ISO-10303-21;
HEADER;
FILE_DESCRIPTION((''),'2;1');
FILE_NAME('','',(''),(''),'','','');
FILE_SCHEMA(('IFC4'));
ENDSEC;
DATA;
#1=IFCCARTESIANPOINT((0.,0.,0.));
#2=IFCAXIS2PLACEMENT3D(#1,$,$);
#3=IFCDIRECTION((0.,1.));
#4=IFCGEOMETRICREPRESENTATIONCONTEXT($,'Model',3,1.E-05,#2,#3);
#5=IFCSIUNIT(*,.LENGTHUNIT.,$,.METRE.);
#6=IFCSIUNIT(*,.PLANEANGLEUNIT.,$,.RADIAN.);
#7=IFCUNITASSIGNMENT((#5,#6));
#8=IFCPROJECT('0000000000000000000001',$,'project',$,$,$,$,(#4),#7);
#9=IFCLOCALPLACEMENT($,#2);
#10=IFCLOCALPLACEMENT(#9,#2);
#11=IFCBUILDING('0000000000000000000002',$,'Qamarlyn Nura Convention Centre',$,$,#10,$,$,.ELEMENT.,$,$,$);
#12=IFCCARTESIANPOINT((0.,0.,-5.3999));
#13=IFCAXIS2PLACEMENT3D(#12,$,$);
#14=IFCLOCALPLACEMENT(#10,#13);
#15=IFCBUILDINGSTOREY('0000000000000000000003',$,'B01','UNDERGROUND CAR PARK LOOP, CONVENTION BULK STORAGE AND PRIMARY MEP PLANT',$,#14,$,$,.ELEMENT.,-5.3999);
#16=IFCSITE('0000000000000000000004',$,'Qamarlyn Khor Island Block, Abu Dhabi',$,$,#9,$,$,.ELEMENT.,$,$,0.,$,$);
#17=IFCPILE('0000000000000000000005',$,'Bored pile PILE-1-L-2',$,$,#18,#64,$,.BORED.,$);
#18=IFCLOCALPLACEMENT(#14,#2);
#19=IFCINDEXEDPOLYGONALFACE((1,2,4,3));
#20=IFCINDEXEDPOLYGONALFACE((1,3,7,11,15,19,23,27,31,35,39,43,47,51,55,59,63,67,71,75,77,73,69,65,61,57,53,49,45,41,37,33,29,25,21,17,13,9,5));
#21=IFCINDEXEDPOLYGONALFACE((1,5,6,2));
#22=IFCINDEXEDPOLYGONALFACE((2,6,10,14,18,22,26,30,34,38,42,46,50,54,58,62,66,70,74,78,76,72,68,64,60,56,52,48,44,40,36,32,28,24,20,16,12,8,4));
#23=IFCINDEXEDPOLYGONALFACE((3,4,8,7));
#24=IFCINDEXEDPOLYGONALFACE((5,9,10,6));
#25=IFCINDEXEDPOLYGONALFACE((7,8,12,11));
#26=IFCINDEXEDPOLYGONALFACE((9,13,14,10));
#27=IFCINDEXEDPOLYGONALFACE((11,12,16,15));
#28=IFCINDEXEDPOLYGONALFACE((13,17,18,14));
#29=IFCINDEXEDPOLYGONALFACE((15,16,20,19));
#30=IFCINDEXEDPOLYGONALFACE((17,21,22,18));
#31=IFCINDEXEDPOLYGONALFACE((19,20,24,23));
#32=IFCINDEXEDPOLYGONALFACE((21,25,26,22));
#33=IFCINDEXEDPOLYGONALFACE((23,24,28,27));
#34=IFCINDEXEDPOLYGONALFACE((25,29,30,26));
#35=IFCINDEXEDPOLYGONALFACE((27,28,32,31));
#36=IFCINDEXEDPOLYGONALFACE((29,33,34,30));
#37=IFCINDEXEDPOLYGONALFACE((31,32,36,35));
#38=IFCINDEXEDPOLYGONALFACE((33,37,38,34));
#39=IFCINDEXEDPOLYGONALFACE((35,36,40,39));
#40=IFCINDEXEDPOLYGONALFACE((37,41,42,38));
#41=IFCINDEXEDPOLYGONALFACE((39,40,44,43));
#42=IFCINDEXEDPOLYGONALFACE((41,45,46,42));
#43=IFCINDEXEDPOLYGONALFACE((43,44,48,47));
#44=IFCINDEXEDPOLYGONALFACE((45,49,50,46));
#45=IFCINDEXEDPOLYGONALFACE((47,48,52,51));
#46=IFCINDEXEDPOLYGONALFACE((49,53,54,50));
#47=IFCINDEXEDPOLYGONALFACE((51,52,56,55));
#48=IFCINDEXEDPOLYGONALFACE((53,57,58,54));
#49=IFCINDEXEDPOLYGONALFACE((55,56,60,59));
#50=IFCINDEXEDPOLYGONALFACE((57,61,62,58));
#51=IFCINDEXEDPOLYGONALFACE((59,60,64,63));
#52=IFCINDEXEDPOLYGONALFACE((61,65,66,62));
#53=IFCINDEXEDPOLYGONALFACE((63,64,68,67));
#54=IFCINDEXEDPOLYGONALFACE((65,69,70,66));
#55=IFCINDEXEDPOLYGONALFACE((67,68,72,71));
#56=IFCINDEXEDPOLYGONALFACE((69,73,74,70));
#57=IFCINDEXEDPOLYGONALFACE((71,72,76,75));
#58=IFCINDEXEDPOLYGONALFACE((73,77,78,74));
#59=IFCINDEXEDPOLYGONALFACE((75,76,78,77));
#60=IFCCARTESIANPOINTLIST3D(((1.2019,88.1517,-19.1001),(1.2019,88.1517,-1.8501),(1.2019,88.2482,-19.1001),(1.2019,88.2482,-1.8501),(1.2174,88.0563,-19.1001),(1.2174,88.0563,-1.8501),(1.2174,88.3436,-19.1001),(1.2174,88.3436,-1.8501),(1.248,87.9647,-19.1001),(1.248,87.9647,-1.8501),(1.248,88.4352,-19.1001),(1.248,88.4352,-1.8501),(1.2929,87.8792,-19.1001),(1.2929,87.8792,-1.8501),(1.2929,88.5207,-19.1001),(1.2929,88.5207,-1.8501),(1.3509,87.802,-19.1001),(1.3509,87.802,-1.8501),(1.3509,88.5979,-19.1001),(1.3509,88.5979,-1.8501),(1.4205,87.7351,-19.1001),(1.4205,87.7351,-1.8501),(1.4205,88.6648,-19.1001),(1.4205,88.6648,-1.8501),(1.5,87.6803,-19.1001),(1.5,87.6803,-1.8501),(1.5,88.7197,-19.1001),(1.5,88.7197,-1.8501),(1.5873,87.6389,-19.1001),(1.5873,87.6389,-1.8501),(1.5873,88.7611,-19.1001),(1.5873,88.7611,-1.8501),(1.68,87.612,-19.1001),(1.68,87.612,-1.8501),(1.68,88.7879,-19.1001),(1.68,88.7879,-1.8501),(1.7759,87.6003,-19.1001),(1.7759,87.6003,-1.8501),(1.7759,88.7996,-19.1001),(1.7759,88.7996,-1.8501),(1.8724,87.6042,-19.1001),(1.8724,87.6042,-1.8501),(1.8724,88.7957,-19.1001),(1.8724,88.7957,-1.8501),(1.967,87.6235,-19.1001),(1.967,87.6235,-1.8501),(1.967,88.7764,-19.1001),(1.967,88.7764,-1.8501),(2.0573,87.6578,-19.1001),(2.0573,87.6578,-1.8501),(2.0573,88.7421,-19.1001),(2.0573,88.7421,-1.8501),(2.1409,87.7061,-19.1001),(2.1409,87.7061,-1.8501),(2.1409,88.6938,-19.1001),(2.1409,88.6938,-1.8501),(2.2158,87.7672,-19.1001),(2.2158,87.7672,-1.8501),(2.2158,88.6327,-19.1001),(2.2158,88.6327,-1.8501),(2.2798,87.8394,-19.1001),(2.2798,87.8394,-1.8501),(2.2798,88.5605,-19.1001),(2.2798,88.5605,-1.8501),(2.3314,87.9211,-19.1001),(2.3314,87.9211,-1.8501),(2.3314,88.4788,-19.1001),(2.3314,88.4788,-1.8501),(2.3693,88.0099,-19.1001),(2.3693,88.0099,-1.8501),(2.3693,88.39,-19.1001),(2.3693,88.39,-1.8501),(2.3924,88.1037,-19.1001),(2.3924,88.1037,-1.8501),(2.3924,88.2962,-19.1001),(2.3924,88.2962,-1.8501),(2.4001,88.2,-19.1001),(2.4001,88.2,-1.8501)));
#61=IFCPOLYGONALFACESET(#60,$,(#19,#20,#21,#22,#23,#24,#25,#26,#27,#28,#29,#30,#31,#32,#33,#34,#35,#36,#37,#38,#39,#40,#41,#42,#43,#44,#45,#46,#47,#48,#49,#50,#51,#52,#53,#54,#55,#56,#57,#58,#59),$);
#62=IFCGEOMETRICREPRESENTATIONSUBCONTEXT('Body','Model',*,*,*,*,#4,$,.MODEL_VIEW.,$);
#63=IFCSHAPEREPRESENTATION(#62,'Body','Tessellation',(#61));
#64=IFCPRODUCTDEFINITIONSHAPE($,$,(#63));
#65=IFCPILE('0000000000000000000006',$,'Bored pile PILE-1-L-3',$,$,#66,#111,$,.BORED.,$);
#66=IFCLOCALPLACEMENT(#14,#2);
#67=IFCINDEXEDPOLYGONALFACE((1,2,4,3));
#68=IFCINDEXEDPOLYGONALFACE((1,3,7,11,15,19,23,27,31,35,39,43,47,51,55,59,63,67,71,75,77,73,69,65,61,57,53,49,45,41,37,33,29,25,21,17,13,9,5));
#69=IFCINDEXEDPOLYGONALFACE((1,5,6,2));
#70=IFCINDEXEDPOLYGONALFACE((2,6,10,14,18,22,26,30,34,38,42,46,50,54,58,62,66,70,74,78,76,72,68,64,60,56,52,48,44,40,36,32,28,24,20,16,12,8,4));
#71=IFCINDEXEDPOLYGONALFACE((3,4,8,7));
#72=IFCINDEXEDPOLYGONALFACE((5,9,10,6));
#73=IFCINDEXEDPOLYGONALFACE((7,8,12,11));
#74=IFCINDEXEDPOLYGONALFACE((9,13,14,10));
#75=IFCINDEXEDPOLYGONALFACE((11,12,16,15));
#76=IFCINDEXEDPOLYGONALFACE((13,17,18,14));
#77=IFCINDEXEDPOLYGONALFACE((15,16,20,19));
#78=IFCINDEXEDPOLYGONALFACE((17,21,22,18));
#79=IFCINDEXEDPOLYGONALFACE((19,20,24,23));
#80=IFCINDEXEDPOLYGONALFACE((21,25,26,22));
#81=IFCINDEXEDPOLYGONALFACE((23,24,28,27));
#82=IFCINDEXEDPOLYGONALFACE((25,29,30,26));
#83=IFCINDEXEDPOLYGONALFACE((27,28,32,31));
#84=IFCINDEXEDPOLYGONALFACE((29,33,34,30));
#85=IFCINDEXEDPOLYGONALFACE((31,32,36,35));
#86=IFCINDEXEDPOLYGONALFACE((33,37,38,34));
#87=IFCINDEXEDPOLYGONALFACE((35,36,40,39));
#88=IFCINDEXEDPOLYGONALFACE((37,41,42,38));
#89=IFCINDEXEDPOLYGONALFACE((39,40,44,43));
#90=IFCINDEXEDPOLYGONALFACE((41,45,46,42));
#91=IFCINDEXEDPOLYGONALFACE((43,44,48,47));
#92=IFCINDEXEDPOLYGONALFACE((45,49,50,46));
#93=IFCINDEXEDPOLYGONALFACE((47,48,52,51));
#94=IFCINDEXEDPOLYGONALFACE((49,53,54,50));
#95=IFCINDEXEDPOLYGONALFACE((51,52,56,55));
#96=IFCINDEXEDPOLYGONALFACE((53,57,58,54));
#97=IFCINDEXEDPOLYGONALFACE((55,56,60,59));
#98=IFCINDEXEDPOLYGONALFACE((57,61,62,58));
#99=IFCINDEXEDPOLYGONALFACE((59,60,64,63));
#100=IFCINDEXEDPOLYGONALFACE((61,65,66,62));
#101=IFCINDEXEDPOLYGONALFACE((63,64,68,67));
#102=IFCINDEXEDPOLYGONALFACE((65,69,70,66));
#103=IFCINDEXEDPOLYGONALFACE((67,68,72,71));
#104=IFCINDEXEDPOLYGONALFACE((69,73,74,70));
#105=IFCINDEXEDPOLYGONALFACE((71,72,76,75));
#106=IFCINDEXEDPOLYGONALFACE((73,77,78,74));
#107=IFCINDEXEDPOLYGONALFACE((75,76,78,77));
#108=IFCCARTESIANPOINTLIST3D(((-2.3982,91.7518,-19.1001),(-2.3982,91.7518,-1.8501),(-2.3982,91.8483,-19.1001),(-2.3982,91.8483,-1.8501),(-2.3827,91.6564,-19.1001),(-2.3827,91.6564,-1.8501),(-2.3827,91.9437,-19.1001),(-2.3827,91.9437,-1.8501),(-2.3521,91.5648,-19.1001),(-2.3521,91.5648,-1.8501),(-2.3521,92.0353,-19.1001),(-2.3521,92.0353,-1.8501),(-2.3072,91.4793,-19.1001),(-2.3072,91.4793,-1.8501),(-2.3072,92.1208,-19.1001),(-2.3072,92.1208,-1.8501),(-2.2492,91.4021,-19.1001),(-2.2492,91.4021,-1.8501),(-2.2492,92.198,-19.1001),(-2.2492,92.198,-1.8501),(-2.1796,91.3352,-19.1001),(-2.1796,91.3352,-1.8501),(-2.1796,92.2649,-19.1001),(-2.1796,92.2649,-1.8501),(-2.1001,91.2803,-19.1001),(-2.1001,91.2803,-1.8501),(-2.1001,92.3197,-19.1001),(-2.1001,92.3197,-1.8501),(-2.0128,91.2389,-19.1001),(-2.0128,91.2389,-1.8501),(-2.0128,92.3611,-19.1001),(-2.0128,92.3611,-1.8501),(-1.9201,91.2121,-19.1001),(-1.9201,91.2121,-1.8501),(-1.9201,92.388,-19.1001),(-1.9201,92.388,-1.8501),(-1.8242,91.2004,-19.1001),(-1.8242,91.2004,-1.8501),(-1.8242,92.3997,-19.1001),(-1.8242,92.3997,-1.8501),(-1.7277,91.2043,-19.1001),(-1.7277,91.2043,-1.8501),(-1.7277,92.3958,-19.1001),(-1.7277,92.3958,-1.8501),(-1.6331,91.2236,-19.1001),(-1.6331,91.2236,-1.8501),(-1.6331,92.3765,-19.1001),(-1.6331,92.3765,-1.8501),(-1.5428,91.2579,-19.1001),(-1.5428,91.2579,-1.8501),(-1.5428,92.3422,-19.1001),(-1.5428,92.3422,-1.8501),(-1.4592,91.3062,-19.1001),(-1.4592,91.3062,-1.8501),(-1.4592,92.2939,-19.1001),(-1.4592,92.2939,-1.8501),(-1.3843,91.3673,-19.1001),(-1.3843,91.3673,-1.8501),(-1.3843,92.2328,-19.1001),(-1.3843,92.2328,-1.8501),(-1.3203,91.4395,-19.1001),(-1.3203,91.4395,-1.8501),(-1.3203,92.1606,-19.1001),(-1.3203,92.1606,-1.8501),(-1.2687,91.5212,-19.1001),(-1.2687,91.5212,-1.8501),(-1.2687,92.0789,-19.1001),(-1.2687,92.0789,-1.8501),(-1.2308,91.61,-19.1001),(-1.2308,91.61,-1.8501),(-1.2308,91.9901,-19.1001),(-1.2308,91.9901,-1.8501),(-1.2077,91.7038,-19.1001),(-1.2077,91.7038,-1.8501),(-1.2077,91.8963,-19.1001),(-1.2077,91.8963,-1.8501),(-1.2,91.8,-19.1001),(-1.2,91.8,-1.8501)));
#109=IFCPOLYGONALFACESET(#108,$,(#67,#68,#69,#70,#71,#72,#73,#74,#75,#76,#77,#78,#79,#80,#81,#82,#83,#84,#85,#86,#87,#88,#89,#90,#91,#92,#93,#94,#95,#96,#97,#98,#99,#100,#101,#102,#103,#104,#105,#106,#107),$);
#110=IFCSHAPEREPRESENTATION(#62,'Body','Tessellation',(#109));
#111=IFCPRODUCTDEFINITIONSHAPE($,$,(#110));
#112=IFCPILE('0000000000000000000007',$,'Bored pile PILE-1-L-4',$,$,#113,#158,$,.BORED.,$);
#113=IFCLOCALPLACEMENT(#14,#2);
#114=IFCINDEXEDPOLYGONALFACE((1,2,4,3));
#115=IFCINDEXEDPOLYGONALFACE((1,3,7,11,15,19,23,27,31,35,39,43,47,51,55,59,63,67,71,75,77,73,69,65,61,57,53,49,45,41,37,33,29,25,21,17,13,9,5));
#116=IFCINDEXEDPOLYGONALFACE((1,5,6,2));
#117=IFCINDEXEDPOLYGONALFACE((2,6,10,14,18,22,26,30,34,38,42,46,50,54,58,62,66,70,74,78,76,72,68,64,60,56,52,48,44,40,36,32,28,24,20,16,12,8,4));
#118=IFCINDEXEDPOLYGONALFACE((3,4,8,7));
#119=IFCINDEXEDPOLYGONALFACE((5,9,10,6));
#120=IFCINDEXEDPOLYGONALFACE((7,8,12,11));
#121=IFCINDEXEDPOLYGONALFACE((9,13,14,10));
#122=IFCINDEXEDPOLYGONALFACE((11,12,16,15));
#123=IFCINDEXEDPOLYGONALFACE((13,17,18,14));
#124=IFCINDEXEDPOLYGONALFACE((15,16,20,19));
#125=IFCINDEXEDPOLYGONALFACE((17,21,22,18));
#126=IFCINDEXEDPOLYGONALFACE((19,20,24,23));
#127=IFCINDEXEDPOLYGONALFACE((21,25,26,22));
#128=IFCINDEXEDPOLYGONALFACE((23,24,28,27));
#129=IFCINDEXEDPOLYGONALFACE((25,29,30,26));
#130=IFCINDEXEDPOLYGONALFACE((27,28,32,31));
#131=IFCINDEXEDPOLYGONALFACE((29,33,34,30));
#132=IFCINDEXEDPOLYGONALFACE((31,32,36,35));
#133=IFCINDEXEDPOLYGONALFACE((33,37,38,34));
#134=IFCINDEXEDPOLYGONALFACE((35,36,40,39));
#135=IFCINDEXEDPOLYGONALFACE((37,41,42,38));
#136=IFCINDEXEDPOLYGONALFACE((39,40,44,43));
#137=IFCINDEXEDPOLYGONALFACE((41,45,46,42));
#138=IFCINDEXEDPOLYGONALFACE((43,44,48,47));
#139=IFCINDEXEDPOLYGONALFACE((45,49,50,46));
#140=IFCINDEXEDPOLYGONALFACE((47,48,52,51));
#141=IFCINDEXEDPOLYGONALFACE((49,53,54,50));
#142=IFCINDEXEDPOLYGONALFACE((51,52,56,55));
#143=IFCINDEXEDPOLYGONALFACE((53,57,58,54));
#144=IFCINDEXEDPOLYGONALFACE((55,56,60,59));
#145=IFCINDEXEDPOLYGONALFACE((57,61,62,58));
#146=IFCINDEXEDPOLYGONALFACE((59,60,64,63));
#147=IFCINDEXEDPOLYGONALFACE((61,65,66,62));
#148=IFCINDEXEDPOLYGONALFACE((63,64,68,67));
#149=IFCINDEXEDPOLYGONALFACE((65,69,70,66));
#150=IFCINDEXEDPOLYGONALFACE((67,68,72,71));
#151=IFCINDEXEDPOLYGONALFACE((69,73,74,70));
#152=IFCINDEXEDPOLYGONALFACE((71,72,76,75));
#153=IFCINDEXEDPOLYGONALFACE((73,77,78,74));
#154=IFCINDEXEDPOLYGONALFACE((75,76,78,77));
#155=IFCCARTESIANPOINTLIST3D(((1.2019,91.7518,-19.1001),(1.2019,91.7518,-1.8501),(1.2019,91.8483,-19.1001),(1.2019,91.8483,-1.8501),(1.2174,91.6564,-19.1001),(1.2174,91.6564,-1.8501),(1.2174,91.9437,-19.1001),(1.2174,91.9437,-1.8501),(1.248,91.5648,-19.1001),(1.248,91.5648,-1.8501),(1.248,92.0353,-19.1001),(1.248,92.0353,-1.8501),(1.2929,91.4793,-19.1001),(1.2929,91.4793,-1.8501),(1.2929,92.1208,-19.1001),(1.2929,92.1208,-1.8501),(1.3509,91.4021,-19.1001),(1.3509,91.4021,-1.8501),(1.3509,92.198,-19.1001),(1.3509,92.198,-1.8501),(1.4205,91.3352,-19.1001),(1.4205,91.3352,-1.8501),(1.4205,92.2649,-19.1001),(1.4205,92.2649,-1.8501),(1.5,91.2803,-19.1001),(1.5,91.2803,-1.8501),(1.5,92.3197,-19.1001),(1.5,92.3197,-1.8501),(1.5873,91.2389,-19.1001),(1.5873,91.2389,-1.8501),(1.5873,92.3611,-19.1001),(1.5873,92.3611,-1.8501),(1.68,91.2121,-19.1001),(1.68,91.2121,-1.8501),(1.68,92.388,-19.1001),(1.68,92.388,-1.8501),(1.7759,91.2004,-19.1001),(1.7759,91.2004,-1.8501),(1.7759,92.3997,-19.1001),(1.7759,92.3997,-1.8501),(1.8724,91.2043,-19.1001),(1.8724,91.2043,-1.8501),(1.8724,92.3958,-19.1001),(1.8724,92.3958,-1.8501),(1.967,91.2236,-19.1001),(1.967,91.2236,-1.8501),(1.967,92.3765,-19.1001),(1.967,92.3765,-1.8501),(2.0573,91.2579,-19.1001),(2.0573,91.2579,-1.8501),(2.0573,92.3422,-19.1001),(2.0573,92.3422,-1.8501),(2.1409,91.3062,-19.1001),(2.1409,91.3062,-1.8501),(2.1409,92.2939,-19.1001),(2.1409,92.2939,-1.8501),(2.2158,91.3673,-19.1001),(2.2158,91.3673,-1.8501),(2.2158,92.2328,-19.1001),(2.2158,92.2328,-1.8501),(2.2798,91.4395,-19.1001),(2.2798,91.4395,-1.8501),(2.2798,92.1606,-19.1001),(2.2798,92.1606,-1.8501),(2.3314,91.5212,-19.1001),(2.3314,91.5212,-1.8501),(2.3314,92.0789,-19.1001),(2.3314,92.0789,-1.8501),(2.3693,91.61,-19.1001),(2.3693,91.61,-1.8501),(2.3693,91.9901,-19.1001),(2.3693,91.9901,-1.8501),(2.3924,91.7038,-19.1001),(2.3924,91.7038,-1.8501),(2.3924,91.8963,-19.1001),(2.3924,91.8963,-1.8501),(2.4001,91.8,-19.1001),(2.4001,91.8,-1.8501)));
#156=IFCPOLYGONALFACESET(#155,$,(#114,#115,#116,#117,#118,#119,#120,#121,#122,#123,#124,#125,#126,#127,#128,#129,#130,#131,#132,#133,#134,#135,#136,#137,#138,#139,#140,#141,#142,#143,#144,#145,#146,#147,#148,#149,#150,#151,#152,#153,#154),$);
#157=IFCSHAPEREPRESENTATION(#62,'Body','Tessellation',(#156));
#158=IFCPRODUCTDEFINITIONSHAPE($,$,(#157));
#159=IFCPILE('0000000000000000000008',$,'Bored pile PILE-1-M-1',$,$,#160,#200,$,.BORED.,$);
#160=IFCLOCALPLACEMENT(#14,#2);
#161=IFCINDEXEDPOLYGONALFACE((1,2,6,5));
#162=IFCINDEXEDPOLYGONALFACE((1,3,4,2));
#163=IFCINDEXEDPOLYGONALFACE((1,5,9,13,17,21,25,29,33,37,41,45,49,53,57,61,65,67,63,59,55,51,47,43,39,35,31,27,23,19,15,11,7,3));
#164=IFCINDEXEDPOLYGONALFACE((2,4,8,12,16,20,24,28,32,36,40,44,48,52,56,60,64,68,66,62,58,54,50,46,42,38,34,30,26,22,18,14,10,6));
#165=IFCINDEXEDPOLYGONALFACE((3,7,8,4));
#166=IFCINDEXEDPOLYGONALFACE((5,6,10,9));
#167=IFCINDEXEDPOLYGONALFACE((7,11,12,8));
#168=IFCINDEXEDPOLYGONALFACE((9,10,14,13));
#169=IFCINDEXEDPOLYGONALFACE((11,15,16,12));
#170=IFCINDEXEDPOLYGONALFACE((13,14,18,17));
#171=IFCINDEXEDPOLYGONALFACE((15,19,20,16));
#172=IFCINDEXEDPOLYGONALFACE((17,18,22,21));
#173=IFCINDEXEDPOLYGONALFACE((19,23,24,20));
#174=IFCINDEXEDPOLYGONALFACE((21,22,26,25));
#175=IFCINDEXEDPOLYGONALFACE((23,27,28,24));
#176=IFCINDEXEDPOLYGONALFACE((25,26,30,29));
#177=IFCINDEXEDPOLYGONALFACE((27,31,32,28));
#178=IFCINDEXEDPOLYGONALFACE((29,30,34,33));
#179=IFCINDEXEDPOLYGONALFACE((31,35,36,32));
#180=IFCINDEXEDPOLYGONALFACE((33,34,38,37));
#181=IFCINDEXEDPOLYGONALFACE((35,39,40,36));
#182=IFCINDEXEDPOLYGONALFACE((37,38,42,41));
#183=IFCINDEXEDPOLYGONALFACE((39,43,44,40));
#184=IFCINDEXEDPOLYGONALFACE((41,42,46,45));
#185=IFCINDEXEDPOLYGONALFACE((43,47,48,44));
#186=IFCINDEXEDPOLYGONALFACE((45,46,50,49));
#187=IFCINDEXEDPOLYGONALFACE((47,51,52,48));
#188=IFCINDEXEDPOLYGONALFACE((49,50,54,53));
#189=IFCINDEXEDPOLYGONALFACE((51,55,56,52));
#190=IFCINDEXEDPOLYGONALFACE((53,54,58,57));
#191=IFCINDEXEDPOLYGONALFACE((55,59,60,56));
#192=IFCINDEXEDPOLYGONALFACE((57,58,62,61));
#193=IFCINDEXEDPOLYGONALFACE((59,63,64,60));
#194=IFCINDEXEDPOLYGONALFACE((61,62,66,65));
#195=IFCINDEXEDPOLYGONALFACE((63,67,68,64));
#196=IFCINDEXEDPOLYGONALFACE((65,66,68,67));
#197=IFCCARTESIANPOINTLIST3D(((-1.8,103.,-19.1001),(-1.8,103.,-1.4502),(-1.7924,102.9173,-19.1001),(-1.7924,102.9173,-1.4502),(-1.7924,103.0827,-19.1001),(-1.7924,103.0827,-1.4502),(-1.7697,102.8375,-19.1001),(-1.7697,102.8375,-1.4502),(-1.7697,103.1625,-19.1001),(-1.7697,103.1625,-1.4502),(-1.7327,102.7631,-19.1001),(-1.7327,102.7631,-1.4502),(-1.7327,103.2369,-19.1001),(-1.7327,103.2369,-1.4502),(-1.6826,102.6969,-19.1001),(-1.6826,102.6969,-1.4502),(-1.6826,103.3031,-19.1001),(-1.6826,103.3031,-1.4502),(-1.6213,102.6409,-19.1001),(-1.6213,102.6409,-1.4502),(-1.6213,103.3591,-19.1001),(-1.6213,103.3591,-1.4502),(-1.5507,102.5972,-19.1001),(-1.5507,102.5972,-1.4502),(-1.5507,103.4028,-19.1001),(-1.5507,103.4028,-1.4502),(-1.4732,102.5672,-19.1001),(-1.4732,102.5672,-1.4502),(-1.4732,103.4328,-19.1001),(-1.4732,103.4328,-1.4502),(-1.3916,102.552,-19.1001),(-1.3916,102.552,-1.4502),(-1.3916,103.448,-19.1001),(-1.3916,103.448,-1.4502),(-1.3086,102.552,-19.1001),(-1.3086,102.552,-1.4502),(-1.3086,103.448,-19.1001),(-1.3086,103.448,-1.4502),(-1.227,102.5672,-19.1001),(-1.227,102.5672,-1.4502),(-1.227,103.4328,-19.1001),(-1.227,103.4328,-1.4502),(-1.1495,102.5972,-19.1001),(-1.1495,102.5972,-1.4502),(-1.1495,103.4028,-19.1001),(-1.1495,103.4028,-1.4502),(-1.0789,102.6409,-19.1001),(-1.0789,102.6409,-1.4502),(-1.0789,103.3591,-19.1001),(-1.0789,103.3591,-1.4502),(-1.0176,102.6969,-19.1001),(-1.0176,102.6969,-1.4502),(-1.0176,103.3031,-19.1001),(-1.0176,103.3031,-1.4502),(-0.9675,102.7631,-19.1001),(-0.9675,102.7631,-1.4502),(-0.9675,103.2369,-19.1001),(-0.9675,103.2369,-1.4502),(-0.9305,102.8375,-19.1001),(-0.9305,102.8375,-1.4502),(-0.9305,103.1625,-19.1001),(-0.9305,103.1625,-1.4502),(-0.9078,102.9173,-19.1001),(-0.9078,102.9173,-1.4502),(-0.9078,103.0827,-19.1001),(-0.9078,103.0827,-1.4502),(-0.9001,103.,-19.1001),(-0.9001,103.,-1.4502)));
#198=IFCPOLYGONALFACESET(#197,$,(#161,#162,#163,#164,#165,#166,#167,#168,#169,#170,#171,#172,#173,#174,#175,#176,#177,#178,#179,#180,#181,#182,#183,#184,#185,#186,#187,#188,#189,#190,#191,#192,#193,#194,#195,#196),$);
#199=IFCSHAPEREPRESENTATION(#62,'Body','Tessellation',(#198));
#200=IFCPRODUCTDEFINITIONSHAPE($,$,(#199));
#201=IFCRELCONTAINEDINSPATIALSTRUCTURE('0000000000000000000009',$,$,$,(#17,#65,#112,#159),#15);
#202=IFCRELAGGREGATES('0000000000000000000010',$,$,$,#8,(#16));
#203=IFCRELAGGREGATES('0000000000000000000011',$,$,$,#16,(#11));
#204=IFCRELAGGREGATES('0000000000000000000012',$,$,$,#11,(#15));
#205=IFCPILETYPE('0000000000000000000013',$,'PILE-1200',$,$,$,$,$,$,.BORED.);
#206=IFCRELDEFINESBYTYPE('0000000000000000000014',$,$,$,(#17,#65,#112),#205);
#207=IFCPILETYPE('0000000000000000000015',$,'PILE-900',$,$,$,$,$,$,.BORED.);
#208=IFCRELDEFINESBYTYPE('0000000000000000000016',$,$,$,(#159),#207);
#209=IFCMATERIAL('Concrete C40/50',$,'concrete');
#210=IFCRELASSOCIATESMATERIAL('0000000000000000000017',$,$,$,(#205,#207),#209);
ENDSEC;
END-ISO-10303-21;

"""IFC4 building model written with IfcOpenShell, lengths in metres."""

from ifc_helpers import new_model, si_unit, direction, frame, origin, origin_2d, place, context, subcontext, project, spatial, circle, extrude, material, material_profile, profile_set, type_object, element, save


model = new_model("IFC4")

# Units and contexts
model_context = context("Model", 3, precision=1e-05, world=origin(), true_north=direction((0.0, 1.0)))
body_context = subcontext(model_context, "Body", "Model", "MODEL_VIEW")
ifc_project = project(units=[si_unit("LENGTHUNIT", "METRE"), si_unit("PLANEANGLEUNIT", "RADIAN")], contexts=[model_context])

# Site, building, storey
site_placement = place(None, origin())
site = spatial("IfcSite", under=ifc_project, at=site_placement, Name="Qamarlyn Khor Island Block, Abu Dhabi", CompositionType="ELEMENT", RefElevation=0.0)
building_placement = place(site_placement, origin())
building = spatial("IfcBuilding", under=site, at=building_placement, Name="Qamarlyn Nura Convention Centre", CompositionType="ELEMENT")
storey_placement = place(building_placement, frame((0.0, 0.0, -5.3999)))
storey = spatial("IfcBuildingStorey", under=building, at=storey_placement, Name="B01", Description="UNDERGROUND CAR PARK LOOP, CONVENTION BULK STORAGE AND PRIMARY MEP PLANT", CompositionType="ELEMENT", Elevation=-5.3999)

# Shared definitions
ifc_material_1 = material(Name="Concrete C40/50", Category="concrete")

# Piles
ifc_material_profile_1 = material_profile(ifc_material_1, circle(Radius=0.6001, at=origin_2d()), Name="BORED PILE 1200")
ifc_profile_set_1 = profile_set([ifc_material_profile_1], Name="Concrete C40/50")
pile_type_1 = type_object("IfcPileType", Name="PILE-1200", PredefinedType="BORED", material=ifc_profile_set_1)
for number, where, z_axis, x_axis, name in (
    (1, (1.8, 88.2, -1.8501), (0.0, 0.0, -1.0), (1.0, 0.0, 0.0), "Bored pile PILE-1-L-2"),
    (2, (-1.8, 91.8, -1.8501), (0.0, 0.0, -1.0), (1.0, 0.0, 0.0), "Bored pile PILE-1-L-3"),
    (3, (1.8, 91.8, -1.8501), (0.0, 0.0, -1.0), (1.0, 0.0, 0.0), "Bored pile PILE-1-L-4"),
):
    element("IfcPile", number, at=place(storey_placement, frame(where, z_axis=z_axis, x_axis=x_axis)), inside=storey, type_object=pile_type_1, Name=name, PredefinedType="BORED", context=body_context, shape_type="SweptSolid", body=[
        extrude(circle(Radius=0.6001, at=origin_2d()), origin(), (0.0, 0.0, 1.0), 17.25),
    ])
ifc_material_profile_2 = material_profile(ifc_material_1, circle(Radius=0.45, at=origin_2d()), Name="BORED PILE 900")
ifc_profile_set_2 = profile_set([ifc_material_profile_2], Name="Concrete C40/50")
pile_type_2 = type_object("IfcPileType", Name="PILE-900", PredefinedType="BORED", material=ifc_profile_set_2)
for number, where, z_axis, x_axis, name in (
    (4, (-1.3501, 103.0, -1.4502), (0.0, 0.0, -1.0), (1.0, 0.0, 0.0), "Bored pile PILE-1-M-1"),
):
    element("IfcPile", number, at=place(storey_placement, frame(where, z_axis=z_axis, x_axis=x_axis)), inside=storey, type_object=pile_type_2, Name=name, PredefinedType="BORED", context=body_context, shape_type="SweptSolid", body=[
        extrude(circle(Radius=0.45, at=origin_2d()), origin(), (0.0, 0.0, 1.0), 17.6499),
    ])

save(model, "model.ifc")
